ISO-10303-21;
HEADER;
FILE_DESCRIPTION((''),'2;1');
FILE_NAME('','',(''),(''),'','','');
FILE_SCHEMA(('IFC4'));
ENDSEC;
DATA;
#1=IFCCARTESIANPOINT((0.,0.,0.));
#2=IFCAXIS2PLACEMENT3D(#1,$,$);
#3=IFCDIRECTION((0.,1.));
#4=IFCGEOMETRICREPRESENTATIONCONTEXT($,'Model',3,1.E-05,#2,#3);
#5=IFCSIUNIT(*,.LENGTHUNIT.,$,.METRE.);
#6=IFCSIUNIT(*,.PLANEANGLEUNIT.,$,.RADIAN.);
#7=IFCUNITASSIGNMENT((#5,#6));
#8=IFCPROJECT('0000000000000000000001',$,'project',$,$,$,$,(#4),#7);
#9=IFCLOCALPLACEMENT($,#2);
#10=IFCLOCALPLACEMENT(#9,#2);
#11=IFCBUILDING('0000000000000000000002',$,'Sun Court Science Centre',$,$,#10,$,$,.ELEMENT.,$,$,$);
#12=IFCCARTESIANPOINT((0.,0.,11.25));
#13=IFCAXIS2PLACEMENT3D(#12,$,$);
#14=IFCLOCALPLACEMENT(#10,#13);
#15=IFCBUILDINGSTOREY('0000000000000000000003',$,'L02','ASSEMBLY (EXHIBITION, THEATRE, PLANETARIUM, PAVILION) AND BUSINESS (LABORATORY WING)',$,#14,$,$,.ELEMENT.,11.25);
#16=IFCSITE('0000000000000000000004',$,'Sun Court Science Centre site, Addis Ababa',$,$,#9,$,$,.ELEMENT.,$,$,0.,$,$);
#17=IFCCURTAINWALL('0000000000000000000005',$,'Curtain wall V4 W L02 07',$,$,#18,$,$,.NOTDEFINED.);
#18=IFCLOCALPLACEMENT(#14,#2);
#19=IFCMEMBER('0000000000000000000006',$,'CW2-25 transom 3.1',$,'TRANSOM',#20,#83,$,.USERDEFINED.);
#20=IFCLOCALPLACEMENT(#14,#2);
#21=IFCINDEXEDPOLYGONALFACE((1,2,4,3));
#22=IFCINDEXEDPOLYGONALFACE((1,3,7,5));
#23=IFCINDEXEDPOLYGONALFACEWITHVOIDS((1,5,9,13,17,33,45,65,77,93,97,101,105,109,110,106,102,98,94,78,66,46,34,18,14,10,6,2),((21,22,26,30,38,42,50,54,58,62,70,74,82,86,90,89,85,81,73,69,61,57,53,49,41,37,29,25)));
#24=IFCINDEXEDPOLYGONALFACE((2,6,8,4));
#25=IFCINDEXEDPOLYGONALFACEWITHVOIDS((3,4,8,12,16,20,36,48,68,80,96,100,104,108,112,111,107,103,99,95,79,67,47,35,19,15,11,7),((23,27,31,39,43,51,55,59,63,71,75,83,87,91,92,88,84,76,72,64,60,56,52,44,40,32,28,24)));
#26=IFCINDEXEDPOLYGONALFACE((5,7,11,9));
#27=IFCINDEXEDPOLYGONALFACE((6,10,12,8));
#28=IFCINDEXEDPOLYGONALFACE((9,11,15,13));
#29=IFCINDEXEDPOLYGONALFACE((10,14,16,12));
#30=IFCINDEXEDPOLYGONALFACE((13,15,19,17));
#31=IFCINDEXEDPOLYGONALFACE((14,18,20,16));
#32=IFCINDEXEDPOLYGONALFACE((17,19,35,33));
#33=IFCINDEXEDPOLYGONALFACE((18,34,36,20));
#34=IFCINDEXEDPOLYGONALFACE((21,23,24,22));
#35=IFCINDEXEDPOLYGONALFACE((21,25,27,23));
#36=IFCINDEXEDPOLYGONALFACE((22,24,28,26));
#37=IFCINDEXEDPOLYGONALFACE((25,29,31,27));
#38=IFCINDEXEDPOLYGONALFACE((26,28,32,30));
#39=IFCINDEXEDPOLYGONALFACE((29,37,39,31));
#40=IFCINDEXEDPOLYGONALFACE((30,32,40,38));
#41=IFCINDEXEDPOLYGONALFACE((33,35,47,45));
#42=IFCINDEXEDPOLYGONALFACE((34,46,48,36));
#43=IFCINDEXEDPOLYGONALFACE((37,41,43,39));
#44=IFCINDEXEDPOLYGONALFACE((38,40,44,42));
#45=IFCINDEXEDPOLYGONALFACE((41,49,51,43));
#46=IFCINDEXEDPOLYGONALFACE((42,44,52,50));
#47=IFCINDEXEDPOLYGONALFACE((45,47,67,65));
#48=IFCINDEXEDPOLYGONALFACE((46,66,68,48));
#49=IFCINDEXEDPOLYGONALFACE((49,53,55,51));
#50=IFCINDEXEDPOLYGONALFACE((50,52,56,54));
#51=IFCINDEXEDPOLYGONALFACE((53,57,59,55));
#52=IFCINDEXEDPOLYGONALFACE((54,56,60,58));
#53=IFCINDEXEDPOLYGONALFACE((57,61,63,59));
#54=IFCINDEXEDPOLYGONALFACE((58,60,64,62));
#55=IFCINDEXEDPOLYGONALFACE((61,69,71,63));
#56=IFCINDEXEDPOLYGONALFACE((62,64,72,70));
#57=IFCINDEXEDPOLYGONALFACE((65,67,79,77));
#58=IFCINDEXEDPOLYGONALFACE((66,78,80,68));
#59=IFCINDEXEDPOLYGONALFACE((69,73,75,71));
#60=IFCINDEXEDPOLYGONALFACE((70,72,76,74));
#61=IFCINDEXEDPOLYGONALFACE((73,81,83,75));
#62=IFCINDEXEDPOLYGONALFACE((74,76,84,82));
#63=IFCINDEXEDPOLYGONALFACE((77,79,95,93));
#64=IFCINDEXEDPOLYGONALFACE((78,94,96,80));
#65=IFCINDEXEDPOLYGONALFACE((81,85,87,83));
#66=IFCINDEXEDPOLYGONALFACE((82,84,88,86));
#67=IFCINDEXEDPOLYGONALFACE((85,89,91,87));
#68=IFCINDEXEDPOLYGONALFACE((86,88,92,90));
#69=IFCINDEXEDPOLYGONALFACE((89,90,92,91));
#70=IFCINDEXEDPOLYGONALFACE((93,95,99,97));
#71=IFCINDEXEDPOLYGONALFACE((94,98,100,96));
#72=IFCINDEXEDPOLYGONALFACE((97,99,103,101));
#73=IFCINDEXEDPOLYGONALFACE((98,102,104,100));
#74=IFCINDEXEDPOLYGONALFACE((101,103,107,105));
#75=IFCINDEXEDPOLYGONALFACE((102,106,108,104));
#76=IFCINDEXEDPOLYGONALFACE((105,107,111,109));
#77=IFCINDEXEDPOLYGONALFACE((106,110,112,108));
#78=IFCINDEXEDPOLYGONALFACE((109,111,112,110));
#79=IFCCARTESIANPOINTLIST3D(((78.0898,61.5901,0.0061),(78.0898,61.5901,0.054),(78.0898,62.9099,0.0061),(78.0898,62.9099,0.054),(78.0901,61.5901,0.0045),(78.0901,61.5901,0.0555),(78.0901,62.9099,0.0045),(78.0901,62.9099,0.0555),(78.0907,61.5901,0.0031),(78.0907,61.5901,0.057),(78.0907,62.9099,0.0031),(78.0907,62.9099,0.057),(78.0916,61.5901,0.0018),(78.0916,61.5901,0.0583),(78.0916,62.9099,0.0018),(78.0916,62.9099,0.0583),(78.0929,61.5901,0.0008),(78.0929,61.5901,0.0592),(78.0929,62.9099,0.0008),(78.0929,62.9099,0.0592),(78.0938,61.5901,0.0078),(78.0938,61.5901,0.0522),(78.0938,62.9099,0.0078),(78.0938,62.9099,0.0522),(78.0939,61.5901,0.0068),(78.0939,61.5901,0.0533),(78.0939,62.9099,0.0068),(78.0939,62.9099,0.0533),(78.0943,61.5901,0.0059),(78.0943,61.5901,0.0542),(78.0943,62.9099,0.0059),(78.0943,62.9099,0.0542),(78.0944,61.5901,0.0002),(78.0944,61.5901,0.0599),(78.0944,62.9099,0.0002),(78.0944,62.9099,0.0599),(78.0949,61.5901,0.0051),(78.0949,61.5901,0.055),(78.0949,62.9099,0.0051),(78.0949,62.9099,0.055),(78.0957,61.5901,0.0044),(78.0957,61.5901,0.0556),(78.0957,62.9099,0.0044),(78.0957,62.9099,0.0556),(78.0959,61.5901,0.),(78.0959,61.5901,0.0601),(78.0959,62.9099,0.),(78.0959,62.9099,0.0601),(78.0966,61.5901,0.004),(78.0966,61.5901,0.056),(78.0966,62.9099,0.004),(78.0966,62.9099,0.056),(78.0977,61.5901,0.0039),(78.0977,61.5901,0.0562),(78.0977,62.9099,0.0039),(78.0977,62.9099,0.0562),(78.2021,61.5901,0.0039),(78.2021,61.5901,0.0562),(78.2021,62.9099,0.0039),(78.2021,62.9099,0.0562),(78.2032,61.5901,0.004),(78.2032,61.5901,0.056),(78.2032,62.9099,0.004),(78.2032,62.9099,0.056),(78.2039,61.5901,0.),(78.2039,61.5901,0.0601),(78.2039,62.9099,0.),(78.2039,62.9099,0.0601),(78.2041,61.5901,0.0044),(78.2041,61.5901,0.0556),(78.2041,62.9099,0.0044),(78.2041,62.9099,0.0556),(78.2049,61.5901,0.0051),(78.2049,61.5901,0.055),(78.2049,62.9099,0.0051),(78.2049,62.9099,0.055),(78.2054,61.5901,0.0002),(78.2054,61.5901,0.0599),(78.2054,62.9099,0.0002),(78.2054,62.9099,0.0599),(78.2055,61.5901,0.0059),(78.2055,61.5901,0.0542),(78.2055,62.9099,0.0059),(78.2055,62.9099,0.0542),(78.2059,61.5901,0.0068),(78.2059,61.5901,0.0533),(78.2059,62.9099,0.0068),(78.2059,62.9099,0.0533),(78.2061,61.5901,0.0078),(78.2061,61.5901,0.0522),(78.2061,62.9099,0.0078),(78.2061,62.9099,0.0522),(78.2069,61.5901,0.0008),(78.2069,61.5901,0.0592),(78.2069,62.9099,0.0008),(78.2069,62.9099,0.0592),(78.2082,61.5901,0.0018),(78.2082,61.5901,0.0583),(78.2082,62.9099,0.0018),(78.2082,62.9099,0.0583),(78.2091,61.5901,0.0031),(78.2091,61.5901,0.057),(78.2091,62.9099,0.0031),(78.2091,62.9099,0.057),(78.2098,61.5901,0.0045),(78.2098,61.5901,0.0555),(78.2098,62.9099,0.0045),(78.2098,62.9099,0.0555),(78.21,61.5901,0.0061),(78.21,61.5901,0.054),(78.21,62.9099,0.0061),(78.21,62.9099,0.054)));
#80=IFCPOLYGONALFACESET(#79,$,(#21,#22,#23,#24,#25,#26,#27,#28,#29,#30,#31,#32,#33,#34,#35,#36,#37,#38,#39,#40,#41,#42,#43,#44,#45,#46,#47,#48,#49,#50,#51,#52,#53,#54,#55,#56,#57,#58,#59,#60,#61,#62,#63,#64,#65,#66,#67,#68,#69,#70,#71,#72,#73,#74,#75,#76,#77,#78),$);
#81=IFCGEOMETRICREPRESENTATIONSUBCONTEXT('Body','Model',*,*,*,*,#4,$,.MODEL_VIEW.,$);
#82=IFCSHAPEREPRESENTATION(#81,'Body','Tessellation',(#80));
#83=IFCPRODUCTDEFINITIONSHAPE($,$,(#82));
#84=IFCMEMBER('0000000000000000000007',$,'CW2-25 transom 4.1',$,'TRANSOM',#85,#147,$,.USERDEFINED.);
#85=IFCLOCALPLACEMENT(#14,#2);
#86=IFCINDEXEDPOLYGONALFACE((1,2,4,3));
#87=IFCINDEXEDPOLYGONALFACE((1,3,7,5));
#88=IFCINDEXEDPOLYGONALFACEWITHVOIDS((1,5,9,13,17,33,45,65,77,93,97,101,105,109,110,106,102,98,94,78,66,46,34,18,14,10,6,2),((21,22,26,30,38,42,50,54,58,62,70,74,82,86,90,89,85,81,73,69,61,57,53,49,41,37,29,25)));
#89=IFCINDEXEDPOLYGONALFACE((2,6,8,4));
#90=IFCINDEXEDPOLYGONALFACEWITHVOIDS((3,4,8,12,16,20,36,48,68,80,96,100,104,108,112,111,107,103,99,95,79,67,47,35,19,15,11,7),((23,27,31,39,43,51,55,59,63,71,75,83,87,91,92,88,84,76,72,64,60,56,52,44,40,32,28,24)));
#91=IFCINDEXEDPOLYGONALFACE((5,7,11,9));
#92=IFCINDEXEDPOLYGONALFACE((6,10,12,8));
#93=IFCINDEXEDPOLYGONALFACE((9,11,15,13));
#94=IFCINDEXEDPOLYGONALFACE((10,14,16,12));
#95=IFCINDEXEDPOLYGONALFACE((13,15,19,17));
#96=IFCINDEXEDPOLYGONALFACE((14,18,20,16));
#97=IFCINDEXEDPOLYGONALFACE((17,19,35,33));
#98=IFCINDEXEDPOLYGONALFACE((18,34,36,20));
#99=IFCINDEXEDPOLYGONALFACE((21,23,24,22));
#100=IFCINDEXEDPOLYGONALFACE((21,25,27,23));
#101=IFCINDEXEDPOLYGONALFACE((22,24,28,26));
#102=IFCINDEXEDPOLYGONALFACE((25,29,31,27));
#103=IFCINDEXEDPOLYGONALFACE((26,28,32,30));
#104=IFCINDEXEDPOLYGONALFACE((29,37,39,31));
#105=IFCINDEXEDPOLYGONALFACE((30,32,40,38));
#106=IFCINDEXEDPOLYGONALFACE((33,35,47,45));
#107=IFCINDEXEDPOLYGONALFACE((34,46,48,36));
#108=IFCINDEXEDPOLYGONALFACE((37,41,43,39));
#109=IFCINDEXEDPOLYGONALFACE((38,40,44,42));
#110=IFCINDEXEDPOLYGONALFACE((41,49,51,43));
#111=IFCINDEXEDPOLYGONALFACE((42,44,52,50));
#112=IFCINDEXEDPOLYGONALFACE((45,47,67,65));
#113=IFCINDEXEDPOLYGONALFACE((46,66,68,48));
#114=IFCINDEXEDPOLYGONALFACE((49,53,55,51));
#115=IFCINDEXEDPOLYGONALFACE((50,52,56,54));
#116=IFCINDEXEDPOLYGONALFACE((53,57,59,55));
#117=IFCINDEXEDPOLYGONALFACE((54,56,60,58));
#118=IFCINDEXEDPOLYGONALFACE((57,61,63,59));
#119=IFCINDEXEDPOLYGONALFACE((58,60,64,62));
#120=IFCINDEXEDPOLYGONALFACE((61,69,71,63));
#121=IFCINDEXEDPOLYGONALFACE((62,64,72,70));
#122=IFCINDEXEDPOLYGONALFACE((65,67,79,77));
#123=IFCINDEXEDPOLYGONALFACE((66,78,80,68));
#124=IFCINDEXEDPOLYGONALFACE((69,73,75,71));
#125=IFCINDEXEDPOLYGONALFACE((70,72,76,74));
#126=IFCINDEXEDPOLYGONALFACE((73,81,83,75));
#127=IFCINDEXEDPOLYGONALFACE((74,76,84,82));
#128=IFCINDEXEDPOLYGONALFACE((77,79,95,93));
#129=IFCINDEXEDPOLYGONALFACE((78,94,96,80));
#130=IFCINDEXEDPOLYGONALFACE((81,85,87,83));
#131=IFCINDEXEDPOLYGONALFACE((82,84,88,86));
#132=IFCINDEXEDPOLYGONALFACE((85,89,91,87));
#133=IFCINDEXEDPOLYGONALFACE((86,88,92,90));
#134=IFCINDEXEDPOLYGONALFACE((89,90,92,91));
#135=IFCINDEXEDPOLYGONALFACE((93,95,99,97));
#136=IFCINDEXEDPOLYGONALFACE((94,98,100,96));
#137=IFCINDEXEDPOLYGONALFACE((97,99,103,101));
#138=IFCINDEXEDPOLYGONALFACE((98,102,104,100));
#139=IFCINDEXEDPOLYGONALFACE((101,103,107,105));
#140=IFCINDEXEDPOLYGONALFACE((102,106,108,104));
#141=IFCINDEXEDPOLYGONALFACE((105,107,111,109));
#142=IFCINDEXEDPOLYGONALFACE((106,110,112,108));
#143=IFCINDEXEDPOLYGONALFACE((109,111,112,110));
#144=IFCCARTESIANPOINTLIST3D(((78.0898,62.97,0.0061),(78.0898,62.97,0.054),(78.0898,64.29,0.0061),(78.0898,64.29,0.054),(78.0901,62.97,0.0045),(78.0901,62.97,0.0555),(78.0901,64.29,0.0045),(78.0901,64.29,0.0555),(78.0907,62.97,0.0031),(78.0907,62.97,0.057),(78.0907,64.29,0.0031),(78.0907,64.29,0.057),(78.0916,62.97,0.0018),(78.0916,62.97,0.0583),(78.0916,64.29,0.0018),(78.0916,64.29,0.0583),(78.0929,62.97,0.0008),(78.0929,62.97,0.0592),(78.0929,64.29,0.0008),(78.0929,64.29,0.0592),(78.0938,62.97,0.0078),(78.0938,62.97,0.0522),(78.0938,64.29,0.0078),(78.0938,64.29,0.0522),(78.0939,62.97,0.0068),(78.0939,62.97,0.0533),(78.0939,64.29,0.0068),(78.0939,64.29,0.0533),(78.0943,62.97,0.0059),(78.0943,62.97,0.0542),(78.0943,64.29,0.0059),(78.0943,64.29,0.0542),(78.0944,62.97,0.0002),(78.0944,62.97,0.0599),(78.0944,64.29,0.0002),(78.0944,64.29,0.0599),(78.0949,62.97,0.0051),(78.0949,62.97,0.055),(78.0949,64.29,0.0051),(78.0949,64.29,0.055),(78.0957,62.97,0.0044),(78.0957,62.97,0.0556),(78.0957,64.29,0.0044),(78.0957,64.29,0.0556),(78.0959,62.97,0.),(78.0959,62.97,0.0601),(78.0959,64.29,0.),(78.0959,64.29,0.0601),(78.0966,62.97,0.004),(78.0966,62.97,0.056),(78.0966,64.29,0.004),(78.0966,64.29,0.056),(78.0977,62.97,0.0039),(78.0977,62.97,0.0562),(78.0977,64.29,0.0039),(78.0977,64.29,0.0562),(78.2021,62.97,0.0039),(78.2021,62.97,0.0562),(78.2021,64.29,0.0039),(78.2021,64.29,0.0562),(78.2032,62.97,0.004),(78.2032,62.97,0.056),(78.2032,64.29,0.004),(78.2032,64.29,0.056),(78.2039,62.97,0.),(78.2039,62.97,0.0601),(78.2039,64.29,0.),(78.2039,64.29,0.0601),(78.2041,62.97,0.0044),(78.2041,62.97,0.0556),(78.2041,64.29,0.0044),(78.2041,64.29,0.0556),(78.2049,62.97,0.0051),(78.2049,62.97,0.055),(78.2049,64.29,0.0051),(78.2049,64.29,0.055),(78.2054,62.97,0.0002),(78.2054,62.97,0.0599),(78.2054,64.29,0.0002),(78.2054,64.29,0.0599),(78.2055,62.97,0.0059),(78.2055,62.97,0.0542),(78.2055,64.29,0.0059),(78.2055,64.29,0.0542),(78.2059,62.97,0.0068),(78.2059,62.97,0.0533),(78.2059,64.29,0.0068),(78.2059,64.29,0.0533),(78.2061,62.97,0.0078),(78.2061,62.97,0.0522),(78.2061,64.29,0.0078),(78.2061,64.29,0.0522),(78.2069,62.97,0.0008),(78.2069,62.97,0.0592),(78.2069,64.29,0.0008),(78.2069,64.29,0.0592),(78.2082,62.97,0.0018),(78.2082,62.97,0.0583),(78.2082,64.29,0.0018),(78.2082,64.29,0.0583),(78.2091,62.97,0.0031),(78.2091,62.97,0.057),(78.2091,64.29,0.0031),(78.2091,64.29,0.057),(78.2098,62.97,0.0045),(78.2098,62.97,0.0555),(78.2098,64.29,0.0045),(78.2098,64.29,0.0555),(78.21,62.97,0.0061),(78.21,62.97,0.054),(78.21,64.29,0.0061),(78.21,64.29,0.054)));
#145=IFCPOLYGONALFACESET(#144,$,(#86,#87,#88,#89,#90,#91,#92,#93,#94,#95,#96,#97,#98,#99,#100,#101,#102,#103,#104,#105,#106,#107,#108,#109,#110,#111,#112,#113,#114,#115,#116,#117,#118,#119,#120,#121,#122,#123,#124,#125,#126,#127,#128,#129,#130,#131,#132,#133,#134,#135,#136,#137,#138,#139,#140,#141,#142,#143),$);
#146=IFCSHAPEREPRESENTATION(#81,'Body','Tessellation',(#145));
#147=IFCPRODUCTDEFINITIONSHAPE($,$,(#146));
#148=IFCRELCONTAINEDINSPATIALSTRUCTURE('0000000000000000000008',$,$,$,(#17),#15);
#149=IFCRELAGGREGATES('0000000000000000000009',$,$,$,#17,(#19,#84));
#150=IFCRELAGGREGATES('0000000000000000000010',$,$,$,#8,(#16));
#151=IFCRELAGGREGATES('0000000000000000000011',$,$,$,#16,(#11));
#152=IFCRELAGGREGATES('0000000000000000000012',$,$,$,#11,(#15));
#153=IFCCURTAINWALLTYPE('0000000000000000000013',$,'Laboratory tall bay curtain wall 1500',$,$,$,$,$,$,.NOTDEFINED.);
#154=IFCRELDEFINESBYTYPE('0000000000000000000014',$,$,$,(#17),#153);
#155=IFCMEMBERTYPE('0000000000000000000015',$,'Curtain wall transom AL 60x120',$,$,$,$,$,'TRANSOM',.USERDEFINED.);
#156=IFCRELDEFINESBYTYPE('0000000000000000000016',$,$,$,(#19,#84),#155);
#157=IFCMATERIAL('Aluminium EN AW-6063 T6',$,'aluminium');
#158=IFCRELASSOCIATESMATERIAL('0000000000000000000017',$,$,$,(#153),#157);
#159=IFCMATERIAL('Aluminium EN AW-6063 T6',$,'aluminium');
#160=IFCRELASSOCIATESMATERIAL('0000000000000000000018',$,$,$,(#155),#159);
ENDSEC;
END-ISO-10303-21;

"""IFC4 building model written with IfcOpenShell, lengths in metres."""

from ifc_helpers import new_model, si_unit, direction, frame, origin, origin_2d, place, context, subcontext, project, spatial, hollow_rectangle, extrude, material, material_profile, profile_set, type_object, element, aggregate, save


model = new_model("IFC4")

# Units and contexts
model_context = context("Model", 3, precision=1e-05, world=origin(), true_north=direction((0.0, 1.0)))
body_context = subcontext(model_context, "Body", "Model", "MODEL_VIEW")
ifc_project = project(units=[si_unit("LENGTHUNIT", "METRE"), si_unit("PLANEANGLEUNIT", "RADIAN")], contexts=[model_context])

# Site, building, storey
site_placement = place(None, origin())
site = spatial("IfcSite", under=ifc_project, at=site_placement, Name="Sun Court Science Centre site, Addis Ababa", CompositionType="ELEMENT", RefElevation=0.0)
building_placement = place(site_placement, origin())
building = spatial("IfcBuilding", under=site, at=building_placement, Name="Sun Court Science Centre", CompositionType="ELEMENT")
storey_placement = place(building_placement, frame((0.0, 0.0, 11.25)))
storey = spatial("IfcBuildingStorey", under=building, at=storey_placement, Name="L02", Description="ASSEMBLY (EXHIBITION, THEATRE, PLANETARIUM, PAVILION) AND BUSINESS (LABORATORY WING)", CompositionType="ELEMENT", Elevation=11.25)

# Shared definitions
ifc_material_1 = material(Name="Aluminium EN AW-6063 T6", Category="aluminium")
curtain_wall_type = type_object("IfcCurtainWallType", Name="Laboratory tall bay curtain wall 1500", PredefinedType="NOTDEFINED", material=ifc_material_1)

# Curtain wall
curtain_wall_1_placement = place(storey_placement, origin())
curtain_wall_1 = element("IfcCurtainWall", 1, at=curtain_wall_1_placement, inside=storey, type_object=curtain_wall_type, Name="Curtain wall V4 W L02 07", PredefinedType="NOTDEFINED")

# Members
ifc_material_2 = material(Name="Aluminium EN AW-6063 T6", Category="aluminium")
ifc_material_profile_1 = material_profile(ifc_material_2, hollow_rectangle(XDim=0.0601, YDim=0.1201, WallThickness=0.0039, InnerFilletRadius=0.0039, OuterFilletRadius=0.0061, at=origin_2d()), Name="AL 60x120x4")
ifc_profile_set_1 = profile_set([ifc_material_profile_1], Name="Aluminium EN AW-6063 T6")
member_type_1 = type_object("IfcMemberType", Name="Curtain wall transom AL 60x120", ElementType="TRANSOM", PredefinedType="USERDEFINED", material=ifc_profile_set_1)
member_1_placement = place(storey_placement, frame((78.1499, 61.5901, 0.03), z_axis=(0.0, 1.0, 0.0), x_axis=(0.0, 0.0, 1.0)))
member_1 = element("IfcMember", 2, at=member_1_placement, type_object=member_type_1, Name="CW2-25 transom 3.1", ObjectType="TRANSOM", PredefinedType="USERDEFINED", context=body_context, shape_type="SweptSolid", body=[
    extrude(hollow_rectangle(XDim=0.0601, YDim=0.1201, WallThickness=0.0039, InnerFilletRadius=0.0039, OuterFilletRadius=0.0061, at=origin_2d()), origin(), (0.0, 0.0, 1.0), 1.3198),
])
member_2_placement = place(storey_placement, frame((78.1499, 62.97, 0.03), z_axis=(0.0, 1.0, 0.0), x_axis=(0.0, 0.0, 1.0)))
member_2 = element("IfcMember", 3, at=member_2_placement, type_object=member_type_1, Name="CW2-25 transom 4.1", ObjectType="TRANSOM", PredefinedType="USERDEFINED", context=body_context, shape_type="SweptSolid", body=[
    extrude(hollow_rectangle(XDim=0.0601, YDim=0.1201, WallThickness=0.0039, InnerFilletRadius=0.0039, OuterFilletRadius=0.0061, at=origin_2d()), origin(), (0.0, 0.0, 1.0), 1.3201),
])

aggregate(curtain_wall_1, [member_1, member_2])

save(model, "model.ifc")
